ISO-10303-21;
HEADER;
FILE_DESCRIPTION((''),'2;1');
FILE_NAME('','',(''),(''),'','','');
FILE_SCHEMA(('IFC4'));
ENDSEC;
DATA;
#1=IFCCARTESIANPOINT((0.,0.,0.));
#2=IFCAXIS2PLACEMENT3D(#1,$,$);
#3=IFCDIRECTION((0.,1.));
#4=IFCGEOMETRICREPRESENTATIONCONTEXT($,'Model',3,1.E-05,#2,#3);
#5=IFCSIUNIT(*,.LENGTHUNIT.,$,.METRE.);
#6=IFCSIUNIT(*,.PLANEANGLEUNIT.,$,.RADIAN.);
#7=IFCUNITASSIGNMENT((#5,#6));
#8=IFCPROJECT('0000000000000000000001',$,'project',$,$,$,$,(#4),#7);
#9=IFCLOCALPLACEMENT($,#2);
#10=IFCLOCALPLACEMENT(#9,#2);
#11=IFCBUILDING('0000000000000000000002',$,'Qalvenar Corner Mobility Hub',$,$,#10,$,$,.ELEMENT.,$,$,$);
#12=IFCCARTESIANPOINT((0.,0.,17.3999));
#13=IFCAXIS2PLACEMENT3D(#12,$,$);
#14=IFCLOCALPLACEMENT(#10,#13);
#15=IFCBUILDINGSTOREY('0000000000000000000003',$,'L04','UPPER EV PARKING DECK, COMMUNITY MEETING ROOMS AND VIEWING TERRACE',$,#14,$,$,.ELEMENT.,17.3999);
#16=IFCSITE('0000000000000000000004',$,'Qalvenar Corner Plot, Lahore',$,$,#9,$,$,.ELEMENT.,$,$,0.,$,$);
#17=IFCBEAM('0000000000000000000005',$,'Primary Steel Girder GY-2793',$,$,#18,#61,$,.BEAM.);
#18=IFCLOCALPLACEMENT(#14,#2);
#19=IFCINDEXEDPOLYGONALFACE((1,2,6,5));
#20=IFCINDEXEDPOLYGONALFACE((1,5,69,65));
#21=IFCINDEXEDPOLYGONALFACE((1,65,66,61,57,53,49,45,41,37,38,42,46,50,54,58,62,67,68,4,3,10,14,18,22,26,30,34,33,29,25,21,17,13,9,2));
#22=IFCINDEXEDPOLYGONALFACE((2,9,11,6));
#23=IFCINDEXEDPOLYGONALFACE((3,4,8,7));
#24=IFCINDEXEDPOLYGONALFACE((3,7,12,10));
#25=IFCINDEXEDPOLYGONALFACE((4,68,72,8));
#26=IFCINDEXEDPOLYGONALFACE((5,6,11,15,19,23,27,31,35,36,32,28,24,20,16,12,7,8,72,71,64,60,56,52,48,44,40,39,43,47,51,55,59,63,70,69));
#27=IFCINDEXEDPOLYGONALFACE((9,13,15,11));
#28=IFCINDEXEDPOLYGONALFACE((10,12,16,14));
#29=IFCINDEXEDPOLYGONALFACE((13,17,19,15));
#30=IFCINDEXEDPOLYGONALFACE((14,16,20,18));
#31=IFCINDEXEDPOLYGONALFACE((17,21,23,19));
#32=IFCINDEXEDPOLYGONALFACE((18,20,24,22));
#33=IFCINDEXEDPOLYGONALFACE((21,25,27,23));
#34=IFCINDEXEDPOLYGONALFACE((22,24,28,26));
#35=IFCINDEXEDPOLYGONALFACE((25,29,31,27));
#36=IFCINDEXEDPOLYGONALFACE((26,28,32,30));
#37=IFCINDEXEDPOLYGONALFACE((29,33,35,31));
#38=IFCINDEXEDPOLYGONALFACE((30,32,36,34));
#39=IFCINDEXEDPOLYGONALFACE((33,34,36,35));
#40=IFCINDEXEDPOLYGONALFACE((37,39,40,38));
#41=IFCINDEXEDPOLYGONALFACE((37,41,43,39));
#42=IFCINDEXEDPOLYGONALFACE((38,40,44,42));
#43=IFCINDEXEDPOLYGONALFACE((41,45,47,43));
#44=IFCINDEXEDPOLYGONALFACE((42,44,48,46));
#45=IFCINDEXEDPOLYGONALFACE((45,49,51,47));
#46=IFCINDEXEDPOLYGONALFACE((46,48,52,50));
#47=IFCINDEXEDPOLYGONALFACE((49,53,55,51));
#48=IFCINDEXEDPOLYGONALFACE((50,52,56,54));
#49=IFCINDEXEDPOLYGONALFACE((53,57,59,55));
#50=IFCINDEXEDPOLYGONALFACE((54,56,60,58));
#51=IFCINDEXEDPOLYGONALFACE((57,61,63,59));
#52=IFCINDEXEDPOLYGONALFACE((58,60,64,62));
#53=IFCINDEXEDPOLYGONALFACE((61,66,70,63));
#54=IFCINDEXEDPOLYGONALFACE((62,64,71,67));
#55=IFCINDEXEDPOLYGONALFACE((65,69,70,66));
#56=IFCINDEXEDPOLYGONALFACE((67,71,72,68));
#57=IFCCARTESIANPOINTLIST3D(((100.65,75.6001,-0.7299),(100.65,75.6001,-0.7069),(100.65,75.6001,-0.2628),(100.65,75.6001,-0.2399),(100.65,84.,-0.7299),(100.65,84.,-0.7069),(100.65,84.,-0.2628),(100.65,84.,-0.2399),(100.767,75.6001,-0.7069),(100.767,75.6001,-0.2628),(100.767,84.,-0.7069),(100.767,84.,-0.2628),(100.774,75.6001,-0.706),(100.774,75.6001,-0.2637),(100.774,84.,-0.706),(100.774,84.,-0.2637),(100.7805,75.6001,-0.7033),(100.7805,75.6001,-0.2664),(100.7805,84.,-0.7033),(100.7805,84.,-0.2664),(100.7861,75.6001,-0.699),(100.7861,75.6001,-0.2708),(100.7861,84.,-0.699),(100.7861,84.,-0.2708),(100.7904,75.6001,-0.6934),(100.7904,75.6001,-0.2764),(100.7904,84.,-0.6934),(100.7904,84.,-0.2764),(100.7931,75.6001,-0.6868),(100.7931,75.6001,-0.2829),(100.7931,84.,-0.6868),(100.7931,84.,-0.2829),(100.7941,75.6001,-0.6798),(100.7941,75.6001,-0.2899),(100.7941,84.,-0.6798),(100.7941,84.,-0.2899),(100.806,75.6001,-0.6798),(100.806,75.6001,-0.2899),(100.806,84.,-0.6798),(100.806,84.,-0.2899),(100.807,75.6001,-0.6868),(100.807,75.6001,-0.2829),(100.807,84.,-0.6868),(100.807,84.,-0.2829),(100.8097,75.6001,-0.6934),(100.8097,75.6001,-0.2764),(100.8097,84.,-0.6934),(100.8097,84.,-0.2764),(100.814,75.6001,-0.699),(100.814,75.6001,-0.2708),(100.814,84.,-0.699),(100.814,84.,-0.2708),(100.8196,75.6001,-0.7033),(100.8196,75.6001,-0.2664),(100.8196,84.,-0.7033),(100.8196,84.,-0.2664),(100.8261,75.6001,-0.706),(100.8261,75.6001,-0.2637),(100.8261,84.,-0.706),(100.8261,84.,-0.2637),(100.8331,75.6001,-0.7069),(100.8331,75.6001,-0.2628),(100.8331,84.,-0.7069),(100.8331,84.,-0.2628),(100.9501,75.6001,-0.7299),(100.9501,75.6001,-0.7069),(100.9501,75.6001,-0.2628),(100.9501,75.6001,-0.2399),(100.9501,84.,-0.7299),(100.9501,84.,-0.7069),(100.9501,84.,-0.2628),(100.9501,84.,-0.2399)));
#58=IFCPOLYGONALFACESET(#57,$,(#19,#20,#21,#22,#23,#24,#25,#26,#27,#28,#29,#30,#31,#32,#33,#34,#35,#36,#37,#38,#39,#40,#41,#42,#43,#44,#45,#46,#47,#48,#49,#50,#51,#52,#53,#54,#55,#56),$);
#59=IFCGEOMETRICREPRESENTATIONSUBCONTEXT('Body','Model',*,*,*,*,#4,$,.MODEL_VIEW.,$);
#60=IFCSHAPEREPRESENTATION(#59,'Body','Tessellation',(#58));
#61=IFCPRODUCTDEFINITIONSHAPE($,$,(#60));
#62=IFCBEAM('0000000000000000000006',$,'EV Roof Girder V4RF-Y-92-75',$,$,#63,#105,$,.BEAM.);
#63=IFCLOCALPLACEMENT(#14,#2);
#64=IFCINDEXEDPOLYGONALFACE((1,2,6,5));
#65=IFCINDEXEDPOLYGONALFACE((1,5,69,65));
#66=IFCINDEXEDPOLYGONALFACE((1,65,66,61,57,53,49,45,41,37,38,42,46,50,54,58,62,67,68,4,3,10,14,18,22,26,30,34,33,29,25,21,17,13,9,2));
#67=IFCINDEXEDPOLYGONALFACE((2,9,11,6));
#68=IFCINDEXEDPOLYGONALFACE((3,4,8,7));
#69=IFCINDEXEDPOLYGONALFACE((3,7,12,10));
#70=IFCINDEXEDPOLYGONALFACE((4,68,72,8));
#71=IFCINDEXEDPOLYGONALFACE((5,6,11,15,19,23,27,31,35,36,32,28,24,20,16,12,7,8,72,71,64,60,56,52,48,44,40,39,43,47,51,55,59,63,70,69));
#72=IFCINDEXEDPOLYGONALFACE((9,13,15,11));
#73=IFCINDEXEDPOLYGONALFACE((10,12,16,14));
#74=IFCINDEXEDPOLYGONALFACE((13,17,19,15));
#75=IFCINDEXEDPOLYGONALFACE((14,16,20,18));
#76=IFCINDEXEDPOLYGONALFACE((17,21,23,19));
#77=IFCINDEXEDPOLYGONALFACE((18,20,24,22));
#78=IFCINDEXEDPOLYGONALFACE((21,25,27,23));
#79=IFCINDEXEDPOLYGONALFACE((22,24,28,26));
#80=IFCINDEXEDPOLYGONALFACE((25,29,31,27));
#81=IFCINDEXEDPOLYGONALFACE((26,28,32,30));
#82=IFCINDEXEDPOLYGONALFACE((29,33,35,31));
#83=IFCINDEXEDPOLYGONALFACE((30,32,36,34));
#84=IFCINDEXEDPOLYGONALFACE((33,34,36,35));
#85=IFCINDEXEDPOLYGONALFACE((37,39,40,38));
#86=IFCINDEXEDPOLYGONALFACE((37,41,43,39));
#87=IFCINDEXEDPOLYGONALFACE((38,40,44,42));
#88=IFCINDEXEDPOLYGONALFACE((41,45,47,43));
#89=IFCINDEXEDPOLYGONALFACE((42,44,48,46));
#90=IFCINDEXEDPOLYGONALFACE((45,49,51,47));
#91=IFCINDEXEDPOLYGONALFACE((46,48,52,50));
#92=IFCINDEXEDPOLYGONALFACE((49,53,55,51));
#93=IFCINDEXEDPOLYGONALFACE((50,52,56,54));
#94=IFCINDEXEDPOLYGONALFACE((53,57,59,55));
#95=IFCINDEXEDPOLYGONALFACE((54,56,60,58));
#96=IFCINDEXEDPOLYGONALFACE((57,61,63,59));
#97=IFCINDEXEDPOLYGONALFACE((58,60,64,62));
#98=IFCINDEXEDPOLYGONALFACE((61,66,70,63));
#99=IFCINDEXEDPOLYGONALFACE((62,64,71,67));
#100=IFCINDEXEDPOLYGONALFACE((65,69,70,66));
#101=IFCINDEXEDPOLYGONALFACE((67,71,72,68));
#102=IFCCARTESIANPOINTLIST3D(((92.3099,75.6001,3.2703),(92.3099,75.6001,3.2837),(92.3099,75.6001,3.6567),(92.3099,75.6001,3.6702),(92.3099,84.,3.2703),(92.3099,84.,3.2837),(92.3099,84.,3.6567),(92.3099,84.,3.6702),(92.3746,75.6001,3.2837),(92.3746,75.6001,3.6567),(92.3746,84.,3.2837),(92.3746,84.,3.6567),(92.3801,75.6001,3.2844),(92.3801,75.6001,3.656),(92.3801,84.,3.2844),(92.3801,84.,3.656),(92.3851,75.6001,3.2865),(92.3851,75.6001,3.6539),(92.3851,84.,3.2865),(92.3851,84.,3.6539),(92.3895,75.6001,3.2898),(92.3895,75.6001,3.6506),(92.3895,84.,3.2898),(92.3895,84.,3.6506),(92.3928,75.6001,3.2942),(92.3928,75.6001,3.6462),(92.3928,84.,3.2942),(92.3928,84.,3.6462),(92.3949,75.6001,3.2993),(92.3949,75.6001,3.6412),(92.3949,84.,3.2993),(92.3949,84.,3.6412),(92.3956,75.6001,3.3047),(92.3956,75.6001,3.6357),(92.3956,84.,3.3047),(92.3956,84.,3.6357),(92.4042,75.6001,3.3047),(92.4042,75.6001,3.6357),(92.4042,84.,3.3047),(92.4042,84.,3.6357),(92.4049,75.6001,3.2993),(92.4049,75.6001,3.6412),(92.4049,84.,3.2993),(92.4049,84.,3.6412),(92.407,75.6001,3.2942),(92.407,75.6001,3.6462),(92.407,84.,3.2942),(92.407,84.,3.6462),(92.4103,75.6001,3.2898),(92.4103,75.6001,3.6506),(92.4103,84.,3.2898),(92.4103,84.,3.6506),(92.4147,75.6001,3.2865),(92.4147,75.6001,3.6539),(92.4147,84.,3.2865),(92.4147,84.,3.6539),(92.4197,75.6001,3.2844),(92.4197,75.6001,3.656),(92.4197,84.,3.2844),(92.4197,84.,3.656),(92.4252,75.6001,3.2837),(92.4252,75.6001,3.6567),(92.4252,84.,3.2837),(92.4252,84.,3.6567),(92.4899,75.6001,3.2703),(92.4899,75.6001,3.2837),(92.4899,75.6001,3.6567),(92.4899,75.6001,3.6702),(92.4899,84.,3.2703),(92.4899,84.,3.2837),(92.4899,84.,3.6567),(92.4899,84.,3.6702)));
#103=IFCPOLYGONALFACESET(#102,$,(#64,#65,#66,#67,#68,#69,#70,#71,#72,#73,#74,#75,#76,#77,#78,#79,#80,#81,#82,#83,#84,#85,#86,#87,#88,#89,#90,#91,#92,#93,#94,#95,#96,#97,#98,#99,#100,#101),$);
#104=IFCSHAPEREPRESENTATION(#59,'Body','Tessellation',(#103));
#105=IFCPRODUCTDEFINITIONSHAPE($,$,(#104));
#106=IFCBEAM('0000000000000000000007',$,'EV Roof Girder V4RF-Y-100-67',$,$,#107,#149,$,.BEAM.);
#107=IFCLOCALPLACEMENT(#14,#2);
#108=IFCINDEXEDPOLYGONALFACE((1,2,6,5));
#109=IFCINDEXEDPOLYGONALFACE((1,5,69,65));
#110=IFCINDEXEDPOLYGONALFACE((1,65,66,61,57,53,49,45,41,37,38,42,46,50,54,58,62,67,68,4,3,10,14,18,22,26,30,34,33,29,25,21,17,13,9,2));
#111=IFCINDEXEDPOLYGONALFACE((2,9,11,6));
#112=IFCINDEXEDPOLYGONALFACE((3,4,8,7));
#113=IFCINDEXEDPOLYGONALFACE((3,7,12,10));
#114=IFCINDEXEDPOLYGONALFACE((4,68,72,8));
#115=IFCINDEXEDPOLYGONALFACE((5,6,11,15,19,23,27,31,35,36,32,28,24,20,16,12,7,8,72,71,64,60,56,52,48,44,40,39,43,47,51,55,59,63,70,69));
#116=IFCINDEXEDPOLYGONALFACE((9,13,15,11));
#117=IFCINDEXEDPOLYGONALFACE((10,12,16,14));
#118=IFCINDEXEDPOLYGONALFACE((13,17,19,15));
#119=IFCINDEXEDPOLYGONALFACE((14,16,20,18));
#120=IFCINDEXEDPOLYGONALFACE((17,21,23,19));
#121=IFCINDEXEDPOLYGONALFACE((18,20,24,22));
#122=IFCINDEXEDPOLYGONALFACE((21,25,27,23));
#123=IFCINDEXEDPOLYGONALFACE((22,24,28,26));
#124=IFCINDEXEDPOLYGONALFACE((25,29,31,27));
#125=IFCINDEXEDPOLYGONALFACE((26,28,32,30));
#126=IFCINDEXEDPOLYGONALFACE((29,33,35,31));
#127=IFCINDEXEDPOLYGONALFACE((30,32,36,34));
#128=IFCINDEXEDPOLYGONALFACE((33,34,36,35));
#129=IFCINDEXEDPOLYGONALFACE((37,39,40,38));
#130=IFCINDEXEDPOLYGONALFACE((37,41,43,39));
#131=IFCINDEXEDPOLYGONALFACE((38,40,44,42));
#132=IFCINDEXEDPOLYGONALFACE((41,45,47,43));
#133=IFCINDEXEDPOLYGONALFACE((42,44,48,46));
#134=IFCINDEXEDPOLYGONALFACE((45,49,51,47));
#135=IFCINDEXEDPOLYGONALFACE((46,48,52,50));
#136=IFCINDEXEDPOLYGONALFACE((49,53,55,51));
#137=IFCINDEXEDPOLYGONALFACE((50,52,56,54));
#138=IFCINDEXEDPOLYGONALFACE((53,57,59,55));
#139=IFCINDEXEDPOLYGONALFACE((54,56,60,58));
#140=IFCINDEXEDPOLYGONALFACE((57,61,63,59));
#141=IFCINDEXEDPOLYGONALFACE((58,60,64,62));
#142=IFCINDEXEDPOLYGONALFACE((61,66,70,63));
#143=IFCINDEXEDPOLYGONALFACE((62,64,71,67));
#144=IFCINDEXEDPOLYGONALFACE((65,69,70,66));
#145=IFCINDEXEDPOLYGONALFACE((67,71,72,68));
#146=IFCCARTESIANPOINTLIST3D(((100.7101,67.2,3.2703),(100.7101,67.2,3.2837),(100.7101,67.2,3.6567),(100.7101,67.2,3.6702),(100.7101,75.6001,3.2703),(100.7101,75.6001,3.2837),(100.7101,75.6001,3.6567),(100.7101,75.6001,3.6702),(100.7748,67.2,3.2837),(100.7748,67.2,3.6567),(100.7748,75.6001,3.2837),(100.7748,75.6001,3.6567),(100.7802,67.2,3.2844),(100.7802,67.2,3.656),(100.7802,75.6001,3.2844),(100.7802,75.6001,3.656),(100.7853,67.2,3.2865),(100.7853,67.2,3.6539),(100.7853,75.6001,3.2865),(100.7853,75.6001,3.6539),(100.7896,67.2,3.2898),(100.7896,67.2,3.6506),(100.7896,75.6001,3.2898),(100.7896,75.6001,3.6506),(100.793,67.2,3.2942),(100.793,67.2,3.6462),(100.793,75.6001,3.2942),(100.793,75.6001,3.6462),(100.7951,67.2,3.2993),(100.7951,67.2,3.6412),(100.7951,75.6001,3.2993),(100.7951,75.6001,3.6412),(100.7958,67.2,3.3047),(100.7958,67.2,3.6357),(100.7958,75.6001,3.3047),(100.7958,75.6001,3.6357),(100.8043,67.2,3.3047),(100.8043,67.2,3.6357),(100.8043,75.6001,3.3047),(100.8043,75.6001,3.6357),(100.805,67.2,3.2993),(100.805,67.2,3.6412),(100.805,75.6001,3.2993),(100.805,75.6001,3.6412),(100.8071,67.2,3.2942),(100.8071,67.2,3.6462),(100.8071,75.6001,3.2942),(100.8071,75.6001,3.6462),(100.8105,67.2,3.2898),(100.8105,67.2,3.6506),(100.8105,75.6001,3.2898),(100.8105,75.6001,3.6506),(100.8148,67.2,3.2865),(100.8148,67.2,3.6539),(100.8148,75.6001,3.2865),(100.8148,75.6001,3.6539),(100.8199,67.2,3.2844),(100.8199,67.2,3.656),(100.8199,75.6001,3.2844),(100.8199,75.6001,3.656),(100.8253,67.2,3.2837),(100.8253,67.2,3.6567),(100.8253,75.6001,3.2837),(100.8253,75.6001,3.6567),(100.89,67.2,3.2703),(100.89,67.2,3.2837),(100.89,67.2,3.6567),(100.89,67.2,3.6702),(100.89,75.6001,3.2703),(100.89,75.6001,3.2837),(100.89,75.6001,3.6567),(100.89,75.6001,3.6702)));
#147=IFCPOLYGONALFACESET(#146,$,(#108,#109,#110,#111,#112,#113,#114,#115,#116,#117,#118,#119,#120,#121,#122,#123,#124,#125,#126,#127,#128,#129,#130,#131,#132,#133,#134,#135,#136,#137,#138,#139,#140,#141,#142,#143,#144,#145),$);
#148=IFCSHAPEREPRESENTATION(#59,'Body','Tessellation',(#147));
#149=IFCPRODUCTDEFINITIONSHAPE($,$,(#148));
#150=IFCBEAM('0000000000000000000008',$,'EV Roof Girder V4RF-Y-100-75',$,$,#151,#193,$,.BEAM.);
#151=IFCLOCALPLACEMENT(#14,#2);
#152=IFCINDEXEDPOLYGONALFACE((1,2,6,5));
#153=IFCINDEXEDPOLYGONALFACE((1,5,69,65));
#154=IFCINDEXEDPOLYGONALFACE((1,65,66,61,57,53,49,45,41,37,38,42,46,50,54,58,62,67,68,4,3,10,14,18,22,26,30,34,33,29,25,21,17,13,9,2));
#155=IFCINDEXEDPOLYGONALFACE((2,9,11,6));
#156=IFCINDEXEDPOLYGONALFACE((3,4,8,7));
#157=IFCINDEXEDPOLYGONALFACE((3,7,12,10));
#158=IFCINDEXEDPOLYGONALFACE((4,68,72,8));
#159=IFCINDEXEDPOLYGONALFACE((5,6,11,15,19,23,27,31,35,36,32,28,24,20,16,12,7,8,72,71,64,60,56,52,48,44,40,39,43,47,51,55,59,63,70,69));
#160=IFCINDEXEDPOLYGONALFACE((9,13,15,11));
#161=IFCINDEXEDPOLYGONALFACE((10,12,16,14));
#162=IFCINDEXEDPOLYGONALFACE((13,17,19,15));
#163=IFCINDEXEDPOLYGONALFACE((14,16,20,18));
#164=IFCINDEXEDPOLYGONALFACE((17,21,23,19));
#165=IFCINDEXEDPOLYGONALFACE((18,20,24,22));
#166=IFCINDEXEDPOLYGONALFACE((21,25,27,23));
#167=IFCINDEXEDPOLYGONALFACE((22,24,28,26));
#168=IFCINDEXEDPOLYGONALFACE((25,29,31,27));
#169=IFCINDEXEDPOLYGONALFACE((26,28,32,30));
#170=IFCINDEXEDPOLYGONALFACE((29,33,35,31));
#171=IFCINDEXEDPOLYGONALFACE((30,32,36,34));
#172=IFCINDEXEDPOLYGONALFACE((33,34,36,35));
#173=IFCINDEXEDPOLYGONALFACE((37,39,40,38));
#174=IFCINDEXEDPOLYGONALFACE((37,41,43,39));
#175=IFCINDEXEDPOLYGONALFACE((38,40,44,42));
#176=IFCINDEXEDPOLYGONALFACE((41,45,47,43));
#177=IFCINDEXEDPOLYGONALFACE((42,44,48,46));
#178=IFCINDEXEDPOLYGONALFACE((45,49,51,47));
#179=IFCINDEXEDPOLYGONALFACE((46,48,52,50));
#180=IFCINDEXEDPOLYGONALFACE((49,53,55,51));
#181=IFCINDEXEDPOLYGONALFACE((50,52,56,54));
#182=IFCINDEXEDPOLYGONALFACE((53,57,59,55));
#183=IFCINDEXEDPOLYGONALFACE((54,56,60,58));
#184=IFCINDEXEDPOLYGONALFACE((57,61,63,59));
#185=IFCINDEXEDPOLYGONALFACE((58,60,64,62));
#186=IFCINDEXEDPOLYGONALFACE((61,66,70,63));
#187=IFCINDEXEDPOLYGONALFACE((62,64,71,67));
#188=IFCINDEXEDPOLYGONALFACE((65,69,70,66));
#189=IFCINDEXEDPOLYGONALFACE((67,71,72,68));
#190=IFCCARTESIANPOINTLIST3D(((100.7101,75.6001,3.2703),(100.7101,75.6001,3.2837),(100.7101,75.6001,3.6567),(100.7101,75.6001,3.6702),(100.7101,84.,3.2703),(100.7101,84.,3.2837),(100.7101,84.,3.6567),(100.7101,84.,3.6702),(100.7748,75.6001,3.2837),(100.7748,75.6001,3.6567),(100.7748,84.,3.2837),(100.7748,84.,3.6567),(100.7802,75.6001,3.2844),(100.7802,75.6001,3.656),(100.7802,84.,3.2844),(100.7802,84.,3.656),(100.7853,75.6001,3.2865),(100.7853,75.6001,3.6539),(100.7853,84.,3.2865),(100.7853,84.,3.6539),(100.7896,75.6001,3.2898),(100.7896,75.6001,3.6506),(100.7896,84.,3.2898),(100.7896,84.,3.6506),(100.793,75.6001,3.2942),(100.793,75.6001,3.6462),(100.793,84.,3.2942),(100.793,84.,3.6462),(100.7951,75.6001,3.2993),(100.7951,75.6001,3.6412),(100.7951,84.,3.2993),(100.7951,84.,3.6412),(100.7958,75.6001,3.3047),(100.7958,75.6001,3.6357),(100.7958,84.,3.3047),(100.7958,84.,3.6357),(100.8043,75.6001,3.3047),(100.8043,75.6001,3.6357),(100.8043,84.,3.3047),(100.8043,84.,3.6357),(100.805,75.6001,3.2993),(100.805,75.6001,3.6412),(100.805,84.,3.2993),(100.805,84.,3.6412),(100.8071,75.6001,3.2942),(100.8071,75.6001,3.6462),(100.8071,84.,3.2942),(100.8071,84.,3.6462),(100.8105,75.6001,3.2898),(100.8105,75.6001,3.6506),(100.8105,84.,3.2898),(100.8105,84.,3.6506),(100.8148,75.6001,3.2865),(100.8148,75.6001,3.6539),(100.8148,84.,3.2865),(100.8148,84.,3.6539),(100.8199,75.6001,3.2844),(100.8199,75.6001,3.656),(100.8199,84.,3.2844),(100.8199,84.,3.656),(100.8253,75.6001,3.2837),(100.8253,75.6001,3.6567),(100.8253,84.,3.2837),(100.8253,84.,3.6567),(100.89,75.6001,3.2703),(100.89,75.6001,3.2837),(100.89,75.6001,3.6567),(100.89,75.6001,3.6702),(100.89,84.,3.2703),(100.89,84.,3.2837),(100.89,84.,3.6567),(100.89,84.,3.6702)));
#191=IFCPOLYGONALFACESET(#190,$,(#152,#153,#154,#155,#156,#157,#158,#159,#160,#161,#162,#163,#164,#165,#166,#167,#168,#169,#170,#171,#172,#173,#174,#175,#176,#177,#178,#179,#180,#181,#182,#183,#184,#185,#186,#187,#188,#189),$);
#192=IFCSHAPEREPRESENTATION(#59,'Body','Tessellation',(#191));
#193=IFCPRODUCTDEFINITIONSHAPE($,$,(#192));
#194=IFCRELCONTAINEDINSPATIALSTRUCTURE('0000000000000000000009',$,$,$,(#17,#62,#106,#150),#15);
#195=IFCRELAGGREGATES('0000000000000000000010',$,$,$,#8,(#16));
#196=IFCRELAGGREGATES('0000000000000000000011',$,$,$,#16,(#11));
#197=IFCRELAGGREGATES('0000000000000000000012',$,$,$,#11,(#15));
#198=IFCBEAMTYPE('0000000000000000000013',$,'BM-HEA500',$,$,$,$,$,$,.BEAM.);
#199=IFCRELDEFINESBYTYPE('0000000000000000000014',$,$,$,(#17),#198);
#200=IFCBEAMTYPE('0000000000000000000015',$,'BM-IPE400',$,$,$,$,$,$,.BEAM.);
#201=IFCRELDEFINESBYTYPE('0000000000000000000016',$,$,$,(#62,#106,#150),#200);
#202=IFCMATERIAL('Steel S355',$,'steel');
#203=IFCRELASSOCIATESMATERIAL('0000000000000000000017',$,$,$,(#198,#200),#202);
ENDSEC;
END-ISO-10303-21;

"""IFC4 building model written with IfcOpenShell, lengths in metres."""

from ifc_helpers import new_model, si_unit, direction, frame, origin, origin_2d, place, context, subcontext, project, spatial, i_section, extrude, material, material_profile, profile_set, type_object, element, save


model = new_model("IFC4")

# Units and contexts
model_context = context("Model", 3, precision=1e-05, world=origin(), true_north=direction((0.0, 1.0)))
body_context = subcontext(model_context, "Body", "Model", "MODEL_VIEW")
ifc_project = project(units=[si_unit("LENGTHUNIT", "METRE"), si_unit("PLANEANGLEUNIT", "RADIAN")], contexts=[model_context])

# Site, building, storey
site_placement = place(None, origin())
site = spatial("IfcSite", under=ifc_project, at=site_placement, Name="Qalvenar Corner Plot, Lahore", CompositionType="ELEMENT", RefElevation=0.0)
building_placement = place(site_placement, origin())
building = spatial("IfcBuilding", under=site, at=building_placement, Name="Qalvenar Corner Mobility Hub", CompositionType="ELEMENT")
storey_placement = place(building_placement, frame((0.0, 0.0, 17.3999)))
storey = spatial("IfcBuildingStorey", under=building, at=storey_placement, Name="L04", Description="UPPER EV PARKING DECK, COMMUNITY MEETING ROOMS AND VIEWING TERRACE", CompositionType="ELEMENT", Elevation=17.3999)

# Shared definitions
ifc_material_1 = material(Name="Steel S355", Category="steel")

# Beams
ifc_material_profile_1 = material_profile(ifc_material_1, i_section(OverallWidth=0.3, OverallDepth=0.49, WebThickness=0.012, FlangeThickness=0.0229, FilletRadius=0.0271, at=origin_2d()), Name="HEA500")
ifc_profile_set_1 = profile_set([ifc_material_profile_1], Name="Steel S355")
beam_type_1 = type_object("IfcBeamType", Name="BM-HEA500", PredefinedType="BEAM", material=ifc_profile_set_1)
beam_1_placement = place(storey_placement, frame((100.8, 75.6001, -0.4849), z_axis=(0.0, 1.0, 0.0), x_axis=(-1.0, 0.0, 0.0)))
element("IfcBeam", 1, at=beam_1_placement, inside=storey, type_object=beam_type_1, Name="Primary Steel Girder GY-2793", PredefinedType="BEAM", context=body_context, shape_type="SweptSolid", body=[
    extrude(i_section(OverallWidth=0.3, OverallDepth=0.49, WebThickness=0.012, FlangeThickness=0.0229, FilletRadius=0.0271, at=origin_2d()), origin(), (0.0, 0.0, 1.0), 8.3999),
])
ifc_material_profile_2 = material_profile(ifc_material_1, i_section(OverallWidth=0.1799, OverallDepth=0.3999, WebThickness=0.0085, FlangeThickness=0.0134, FilletRadius=0.021, at=origin_2d()), Name="IPE400")
ifc_profile_set_2 = profile_set([ifc_material_profile_2], Name="Steel S355")
beam_type_2 = type_object("IfcBeamType", Name="BM-IPE400", PredefinedType="BEAM", material=ifc_profile_set_2)
beam_2_placement = place(storey_placement, frame((92.3999, 75.6001, 3.4702), z_axis=(0.0, 1.0, 0.0), x_axis=(-1.0, 0.0, 0.0)))
element("IfcBeam", 2, at=beam_2_placement, inside=storey, type_object=beam_type_2, Name="EV Roof Girder V4RF-Y-92-75", PredefinedType="BEAM", context=body_context, shape_type="SweptSolid", body=[
    extrude(i_section(OverallWidth=0.1799, OverallDepth=0.3999, WebThickness=0.0085, FlangeThickness=0.0134, FilletRadius=0.021, at=origin_2d()), origin(), (0.0, 0.0, 1.0), 8.3999),
])
beam_3_placement = place(storey_placement, frame((100.8, 67.2, 3.4702), z_axis=(0.0, 1.0, 0.0), x_axis=(-1.0, 0.0, 0.0)))
element("IfcBeam", 3, at=beam_3_placement, inside=storey, type_object=beam_type_2, Name="EV Roof Girder V4RF-Y-100-67", PredefinedType="BEAM", context=body_context, shape_type="SweptSolid", body=[
    extrude(i_section(OverallWidth=0.1799, OverallDepth=0.3999, WebThickness=0.0085, FlangeThickness=0.0134, FilletRadius=0.021, at=origin_2d()), origin(), (0.0, 0.0, 1.0), 8.4001),
])
for number, where, z_axis, x_axis, name in (
    (4, (100.8, 75.6001, 3.4702), (0.0, 1.0, 0.0), (-1.0, 0.0, 0.0), "EV Roof Girder V4RF-Y-100-75"),
):
    element("IfcBeam", number, at=place(storey_placement, frame(where, z_axis=z_axis, x_axis=x_axis)), inside=storey, type_object=beam_type_2, Name=name, PredefinedType="BEAM", context=body_context, shape_type="SweptSolid", body=[
        extrude(i_section(OverallWidth=0.1799, OverallDepth=0.3999, WebThickness=0.0085, FlangeThickness=0.0134, FilletRadius=0.021, at=origin_2d()), origin(), (0.0, 0.0, 1.0), 8.3999),
    ])

save(model, "model.ifc")
